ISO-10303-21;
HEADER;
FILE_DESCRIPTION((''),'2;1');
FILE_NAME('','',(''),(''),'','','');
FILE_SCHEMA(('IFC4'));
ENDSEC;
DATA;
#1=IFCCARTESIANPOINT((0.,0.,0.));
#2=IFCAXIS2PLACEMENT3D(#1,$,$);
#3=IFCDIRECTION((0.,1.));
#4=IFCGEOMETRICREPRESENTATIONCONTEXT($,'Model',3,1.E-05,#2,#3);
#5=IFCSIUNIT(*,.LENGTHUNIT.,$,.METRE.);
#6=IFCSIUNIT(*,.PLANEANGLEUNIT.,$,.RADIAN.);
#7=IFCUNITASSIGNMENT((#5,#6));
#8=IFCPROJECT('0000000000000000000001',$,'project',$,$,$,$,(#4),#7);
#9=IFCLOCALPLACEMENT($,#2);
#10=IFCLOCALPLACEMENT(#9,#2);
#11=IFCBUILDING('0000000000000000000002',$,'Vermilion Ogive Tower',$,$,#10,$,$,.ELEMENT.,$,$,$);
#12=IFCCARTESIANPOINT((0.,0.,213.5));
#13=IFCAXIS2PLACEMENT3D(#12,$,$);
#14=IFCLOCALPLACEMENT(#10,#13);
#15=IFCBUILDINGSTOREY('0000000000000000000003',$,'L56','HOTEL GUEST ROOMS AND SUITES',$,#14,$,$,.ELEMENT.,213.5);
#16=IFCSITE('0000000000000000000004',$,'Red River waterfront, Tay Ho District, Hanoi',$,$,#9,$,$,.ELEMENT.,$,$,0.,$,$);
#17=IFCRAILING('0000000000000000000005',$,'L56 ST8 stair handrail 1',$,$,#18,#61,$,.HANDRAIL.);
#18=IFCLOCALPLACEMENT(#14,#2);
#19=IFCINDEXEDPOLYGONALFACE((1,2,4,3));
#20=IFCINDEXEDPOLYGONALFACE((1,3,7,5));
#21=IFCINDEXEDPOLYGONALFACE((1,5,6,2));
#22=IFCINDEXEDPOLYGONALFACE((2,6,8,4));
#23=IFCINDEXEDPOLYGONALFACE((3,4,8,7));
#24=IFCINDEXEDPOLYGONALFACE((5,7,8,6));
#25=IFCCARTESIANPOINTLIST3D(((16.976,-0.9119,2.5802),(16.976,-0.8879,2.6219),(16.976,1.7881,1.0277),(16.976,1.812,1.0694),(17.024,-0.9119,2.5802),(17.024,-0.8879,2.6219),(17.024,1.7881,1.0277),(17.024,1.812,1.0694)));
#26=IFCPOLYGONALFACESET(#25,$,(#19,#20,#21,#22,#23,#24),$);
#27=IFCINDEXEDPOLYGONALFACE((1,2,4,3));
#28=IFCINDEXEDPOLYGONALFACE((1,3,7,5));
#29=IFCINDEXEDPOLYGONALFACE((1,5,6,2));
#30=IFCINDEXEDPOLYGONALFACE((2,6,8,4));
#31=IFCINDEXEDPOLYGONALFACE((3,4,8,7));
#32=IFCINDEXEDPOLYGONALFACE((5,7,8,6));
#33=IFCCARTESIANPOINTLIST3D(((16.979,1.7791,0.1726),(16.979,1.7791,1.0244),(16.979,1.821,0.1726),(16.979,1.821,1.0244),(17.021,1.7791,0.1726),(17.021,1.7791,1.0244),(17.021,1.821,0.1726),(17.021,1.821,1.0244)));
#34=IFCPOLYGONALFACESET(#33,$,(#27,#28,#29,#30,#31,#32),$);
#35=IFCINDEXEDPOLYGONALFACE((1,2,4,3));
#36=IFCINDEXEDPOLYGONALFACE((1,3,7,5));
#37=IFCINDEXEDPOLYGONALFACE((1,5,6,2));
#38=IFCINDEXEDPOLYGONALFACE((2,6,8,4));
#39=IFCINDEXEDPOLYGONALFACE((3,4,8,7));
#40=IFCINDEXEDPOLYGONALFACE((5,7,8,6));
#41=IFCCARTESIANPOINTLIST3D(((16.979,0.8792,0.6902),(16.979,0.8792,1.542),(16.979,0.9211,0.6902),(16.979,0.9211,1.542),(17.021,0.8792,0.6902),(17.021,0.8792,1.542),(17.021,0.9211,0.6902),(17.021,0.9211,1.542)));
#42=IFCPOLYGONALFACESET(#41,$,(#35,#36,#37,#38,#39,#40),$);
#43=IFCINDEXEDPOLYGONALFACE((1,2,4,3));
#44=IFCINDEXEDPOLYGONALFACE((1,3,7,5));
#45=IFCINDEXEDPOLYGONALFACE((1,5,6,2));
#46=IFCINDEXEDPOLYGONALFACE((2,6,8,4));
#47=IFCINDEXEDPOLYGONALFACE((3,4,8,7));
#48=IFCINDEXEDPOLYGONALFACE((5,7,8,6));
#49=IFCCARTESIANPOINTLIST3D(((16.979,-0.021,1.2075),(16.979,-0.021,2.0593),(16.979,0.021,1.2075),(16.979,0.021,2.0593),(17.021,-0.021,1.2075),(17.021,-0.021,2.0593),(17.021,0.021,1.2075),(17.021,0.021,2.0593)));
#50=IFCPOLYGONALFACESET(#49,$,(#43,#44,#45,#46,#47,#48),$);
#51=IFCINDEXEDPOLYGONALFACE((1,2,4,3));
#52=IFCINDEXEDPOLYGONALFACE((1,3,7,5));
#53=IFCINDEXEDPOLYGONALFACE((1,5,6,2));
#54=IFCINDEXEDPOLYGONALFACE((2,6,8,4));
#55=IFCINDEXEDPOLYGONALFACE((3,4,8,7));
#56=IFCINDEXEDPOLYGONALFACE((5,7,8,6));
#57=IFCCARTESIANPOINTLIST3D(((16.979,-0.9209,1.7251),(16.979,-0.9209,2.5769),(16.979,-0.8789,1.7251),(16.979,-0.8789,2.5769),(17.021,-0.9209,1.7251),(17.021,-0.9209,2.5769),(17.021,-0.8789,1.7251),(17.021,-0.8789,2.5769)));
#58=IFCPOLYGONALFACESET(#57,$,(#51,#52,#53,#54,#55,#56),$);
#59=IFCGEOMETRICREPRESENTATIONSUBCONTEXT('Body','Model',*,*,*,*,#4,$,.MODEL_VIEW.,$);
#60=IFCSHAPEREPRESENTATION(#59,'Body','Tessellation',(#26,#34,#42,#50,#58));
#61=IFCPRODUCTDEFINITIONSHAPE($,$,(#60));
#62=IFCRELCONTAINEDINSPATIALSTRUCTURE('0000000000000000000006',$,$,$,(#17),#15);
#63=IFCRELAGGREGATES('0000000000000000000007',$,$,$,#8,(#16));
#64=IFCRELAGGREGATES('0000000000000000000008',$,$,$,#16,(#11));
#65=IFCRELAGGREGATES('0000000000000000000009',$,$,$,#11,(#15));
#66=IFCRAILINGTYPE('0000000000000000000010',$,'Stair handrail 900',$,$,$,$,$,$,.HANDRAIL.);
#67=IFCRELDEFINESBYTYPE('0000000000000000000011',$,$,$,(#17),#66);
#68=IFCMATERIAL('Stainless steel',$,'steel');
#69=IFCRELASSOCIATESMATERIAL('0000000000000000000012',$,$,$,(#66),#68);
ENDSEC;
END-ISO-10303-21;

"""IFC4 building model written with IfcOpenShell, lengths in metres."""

from ifc_helpers import new_model, si_unit, direction, frame, origin, origin_2d, place, context, subcontext, project, spatial, rectangle, extrude, material, type_object, element, save


model = new_model("IFC4")

# Units and contexts
model_context = context("Model", 3, precision=1e-05, world=origin(), true_north=direction((0.0, 1.0)))
body_context = subcontext(model_context, "Body", "Model", "MODEL_VIEW")
ifc_project = project(units=[si_unit("LENGTHUNIT", "METRE"), si_unit("PLANEANGLEUNIT", "RADIAN")], contexts=[model_context])

# Site, building, storey
site_placement = place(None, origin())
site = spatial("IfcSite", under=ifc_project, at=site_placement, Name="Red River waterfront, Tay Ho District, Hanoi", CompositionType="ELEMENT", RefElevation=0.0)
building_placement = place(site_placement, origin())
building = spatial("IfcBuilding", under=site, at=building_placement, Name="Vermilion Ogive Tower", CompositionType="ELEMENT")
storey_placement = place(building_placement, frame((0.0, 0.0, 213.5)))
storey = spatial("IfcBuildingStorey", under=building, at=storey_placement, Name="L56", Description="HOTEL GUEST ROOMS AND SUITES", CompositionType="ELEMENT", Elevation=213.5)

# Railing
ifc_material_1 = material(Name="Stainless steel", Category="steel")
railing_type_1 = type_object("IfcRailingType", Name="Stair handrail 900", PredefinedType="HANDRAIL", material=ifc_material_1)
railing_1_placement = place(storey_placement, frame((17.0, 1.8, 0.1726)))
element("IfcRailing", 1, at=railing_1_placement, inside=storey, type_object=railing_type_1, Name="L56 ST8 stair handrail 1", PredefinedType="HANDRAIL", context=body_context, shape_type="SweptSolid", body=[
    extrude(rectangle(XDim=0.0481, YDim=0.0481, at=origin_2d()), frame((0.0, 0.0, 0.876), z_axis=(0.0, -0.866904, 0.498476), x_axis=(1.0, 0.0, 0.0)), (0.0, 0.0, 1.0), 3.1145),
    extrude(rectangle(XDim=0.042, YDim=0.042, at=origin_2d()), origin(), (0.0, 0.0, 1.0), 0.8518),
    extrude(rectangle(XDim=0.042, YDim=0.042, at=origin_2d()), frame((0.0, -0.8999, 0.5176)), (0.0, 0.0, 1.0), 0.8518),
    extrude(rectangle(XDim=0.042, YDim=0.042, at=origin_2d()), frame((0.0, -1.8, 1.0349)), (0.0, 0.0, 1.0), 0.8518),
    extrude(rectangle(XDim=0.042, YDim=0.042, at=origin_2d()), frame((0.0, -2.7, 1.5525)), (0.0, 0.0, 1.0), 0.8518),
])

save(model, "model.ifc")
